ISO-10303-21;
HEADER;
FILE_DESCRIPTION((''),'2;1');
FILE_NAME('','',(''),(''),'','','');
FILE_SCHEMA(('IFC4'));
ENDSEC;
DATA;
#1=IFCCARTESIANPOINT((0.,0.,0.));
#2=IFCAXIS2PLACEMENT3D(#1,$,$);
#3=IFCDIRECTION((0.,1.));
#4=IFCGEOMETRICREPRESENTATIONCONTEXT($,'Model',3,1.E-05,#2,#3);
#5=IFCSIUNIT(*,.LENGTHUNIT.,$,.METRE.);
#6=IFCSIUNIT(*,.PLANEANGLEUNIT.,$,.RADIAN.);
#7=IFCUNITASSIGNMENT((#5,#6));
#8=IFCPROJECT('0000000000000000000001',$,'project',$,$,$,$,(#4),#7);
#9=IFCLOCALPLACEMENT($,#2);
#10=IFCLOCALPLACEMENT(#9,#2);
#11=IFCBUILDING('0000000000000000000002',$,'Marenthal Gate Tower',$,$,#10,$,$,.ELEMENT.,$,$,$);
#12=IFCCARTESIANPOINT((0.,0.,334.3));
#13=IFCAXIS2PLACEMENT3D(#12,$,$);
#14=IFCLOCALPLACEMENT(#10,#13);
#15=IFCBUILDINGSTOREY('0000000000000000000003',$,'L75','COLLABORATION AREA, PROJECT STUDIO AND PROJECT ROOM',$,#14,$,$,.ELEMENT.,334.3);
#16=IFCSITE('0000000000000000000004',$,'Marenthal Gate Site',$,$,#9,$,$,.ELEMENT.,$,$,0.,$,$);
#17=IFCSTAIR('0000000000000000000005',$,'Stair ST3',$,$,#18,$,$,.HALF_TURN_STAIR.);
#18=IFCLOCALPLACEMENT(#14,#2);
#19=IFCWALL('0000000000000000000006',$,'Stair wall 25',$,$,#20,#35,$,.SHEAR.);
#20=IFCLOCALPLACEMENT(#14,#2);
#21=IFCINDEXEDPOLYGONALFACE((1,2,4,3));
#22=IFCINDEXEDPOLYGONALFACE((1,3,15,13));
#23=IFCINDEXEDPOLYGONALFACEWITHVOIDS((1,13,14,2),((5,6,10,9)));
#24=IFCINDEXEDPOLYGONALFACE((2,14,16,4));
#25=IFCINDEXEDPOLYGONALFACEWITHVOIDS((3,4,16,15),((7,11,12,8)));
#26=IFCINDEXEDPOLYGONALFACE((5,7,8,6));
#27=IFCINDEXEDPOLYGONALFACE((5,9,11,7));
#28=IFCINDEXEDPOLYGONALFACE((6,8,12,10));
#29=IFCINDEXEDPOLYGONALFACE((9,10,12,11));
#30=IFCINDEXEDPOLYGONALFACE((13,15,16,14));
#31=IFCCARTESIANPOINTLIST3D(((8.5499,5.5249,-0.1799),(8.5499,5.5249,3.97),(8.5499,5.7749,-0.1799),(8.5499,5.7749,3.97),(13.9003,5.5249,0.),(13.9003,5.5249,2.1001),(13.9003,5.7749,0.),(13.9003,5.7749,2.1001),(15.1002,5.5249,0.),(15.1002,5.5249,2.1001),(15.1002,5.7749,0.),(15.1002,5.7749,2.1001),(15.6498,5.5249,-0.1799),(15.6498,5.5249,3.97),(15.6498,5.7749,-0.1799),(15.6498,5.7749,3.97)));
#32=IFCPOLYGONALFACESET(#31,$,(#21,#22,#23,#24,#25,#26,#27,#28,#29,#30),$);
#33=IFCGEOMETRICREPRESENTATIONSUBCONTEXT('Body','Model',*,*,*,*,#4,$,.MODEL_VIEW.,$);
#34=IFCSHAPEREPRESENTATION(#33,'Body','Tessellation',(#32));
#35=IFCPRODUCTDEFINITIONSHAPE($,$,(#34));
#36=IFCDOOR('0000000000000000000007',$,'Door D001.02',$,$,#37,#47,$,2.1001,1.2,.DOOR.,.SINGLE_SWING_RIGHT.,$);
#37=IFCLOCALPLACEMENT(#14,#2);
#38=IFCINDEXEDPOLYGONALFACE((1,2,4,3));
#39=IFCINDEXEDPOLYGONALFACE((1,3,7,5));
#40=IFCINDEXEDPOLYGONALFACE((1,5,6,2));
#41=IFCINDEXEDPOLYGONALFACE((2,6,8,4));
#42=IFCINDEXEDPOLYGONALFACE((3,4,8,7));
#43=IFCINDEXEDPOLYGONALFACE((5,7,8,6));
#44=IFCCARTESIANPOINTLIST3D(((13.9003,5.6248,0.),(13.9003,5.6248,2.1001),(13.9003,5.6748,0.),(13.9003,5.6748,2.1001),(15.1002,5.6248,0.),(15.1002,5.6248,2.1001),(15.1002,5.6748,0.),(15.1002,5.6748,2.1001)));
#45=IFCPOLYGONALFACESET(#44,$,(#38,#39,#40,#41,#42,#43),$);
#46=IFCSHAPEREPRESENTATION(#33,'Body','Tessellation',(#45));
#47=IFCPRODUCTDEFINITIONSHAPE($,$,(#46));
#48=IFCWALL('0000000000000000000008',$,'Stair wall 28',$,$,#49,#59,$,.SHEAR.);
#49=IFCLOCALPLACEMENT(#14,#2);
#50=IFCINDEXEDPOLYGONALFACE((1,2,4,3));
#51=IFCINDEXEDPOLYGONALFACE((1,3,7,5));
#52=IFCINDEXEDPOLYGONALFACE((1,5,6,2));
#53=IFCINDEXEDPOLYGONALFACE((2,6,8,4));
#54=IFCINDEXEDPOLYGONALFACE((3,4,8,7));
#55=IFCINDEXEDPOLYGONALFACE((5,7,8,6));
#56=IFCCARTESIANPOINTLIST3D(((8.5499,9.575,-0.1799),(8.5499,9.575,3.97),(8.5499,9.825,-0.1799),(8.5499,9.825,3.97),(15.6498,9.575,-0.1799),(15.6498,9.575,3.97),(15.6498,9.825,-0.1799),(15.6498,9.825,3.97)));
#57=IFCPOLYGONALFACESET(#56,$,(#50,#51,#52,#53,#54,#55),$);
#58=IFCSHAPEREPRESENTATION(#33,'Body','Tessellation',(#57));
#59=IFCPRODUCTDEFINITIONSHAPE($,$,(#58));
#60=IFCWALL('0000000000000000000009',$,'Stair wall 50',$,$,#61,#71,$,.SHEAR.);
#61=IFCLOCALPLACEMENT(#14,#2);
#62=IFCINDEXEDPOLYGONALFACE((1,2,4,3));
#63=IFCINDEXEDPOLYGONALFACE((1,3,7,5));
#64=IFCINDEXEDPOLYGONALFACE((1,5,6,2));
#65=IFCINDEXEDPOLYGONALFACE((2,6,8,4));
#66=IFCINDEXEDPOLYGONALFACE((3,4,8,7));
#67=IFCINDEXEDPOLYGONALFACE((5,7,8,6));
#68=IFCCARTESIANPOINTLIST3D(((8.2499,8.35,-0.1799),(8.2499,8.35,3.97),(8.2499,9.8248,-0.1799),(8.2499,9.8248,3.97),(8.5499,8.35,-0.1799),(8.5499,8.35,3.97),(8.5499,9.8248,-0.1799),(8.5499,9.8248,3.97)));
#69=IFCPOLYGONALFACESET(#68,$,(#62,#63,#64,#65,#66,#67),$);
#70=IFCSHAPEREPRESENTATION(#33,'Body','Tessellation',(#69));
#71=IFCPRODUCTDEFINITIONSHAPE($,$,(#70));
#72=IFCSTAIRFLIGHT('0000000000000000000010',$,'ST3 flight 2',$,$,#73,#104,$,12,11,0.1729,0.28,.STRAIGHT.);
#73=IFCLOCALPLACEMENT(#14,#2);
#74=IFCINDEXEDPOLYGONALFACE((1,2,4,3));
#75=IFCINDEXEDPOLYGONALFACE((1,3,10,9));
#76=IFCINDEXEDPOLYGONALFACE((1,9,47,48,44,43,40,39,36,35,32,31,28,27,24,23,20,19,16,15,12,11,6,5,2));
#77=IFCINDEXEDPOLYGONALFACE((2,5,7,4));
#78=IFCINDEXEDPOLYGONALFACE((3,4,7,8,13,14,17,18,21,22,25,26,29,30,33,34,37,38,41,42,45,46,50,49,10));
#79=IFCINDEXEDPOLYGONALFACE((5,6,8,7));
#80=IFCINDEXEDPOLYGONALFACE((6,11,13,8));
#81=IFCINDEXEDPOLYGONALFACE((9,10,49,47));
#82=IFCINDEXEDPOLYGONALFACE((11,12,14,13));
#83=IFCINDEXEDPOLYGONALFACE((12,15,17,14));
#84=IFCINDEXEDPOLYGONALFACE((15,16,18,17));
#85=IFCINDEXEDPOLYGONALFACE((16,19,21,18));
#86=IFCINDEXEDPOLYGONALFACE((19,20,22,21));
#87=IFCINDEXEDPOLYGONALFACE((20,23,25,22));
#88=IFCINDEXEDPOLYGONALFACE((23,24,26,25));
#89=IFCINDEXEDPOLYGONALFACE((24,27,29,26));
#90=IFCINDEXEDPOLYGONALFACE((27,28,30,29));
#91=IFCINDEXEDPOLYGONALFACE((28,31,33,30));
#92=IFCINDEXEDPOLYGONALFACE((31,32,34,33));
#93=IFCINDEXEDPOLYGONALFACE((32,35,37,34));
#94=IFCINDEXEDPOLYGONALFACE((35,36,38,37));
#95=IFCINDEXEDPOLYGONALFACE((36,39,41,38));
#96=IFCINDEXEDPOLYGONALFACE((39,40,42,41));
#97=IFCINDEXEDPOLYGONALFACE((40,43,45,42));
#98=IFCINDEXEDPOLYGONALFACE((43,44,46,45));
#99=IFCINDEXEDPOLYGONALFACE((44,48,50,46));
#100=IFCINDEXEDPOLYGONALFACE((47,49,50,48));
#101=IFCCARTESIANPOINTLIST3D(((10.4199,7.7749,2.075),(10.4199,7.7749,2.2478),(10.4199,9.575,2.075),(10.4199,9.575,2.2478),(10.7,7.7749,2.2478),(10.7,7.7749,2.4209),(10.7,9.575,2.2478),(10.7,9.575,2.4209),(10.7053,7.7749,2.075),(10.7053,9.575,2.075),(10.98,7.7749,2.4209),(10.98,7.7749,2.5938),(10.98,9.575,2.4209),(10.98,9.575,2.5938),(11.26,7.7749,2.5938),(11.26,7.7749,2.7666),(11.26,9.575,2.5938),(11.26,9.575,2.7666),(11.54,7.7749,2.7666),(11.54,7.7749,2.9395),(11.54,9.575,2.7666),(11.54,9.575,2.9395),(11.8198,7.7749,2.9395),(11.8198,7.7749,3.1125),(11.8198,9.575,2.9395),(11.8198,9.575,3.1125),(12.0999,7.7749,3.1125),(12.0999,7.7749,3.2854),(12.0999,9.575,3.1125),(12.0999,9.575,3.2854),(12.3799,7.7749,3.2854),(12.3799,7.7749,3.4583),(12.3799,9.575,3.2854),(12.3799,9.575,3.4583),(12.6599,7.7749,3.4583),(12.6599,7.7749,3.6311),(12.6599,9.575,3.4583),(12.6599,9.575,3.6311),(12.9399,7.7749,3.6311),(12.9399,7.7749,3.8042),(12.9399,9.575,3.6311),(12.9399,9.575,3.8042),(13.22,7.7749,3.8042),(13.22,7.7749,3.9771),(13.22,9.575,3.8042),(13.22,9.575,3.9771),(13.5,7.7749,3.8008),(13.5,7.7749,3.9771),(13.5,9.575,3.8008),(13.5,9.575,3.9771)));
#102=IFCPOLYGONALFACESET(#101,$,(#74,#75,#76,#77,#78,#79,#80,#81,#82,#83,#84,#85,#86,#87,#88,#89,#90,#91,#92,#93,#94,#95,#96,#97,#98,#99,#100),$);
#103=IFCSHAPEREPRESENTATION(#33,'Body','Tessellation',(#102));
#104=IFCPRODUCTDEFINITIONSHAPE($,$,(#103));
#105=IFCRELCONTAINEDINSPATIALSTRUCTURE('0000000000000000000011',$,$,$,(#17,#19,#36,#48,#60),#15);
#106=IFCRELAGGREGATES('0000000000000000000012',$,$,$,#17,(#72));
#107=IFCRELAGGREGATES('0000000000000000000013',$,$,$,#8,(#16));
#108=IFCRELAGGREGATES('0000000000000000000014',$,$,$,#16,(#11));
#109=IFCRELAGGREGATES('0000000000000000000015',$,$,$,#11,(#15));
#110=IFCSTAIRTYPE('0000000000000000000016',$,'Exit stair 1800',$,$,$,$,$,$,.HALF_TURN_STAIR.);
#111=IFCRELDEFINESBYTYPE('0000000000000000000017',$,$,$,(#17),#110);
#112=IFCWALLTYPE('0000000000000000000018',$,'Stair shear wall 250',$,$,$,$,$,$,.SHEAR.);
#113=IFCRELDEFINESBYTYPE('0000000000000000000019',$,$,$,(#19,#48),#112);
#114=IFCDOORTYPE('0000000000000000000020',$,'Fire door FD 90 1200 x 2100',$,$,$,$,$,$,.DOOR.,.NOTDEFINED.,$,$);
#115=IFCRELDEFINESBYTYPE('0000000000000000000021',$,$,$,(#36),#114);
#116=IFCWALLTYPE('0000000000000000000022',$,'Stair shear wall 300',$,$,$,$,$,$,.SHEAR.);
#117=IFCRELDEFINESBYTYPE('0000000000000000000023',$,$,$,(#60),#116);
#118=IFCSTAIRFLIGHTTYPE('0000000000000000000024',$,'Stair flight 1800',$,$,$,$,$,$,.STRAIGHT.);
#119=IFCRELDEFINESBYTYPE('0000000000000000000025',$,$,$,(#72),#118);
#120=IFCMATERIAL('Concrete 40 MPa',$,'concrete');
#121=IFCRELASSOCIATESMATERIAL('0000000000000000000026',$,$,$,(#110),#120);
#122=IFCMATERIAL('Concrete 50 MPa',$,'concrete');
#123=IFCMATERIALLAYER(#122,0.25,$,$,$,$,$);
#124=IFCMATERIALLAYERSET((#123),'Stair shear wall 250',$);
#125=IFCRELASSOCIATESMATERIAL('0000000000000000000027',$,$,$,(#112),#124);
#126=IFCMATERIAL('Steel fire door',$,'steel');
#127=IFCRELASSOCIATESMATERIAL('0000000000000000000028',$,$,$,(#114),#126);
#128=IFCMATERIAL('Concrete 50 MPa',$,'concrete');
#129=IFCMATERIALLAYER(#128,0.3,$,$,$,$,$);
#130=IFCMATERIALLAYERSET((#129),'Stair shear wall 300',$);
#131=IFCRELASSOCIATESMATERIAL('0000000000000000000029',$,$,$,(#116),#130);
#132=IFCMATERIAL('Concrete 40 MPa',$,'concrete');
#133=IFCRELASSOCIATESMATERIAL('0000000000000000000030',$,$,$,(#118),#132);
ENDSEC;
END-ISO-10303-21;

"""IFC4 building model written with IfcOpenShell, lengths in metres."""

from ifc_helpers import new_model, si_unit, direction, frame, frame_2d, origin, place, context, subcontext, project, spatial, polyline, rectangle, outline, extrude, material, layer, layer_set, type_object, element, fill, aggregate, save


model = new_model("IFC4")

# Units and contexts
model_context = context("Model", 3, precision=1e-05, world=origin(), true_north=direction((0.0, 1.0)))
body_context = subcontext(model_context, "Body", "Model", "MODEL_VIEW")
ifc_project = project(units=[si_unit("LENGTHUNIT", "METRE"), si_unit("PLANEANGLEUNIT", "RADIAN")], contexts=[model_context])

# Site, building, storey
site_placement = place(None, origin())
site = spatial("IfcSite", under=ifc_project, at=site_placement, Name="Marenthal Gate Site", CompositionType="ELEMENT", RefElevation=0.0)
building_placement = place(site_placement, origin())
building = spatial("IfcBuilding", under=site, at=building_placement, Name="Marenthal Gate Tower", CompositionType="ELEMENT")
storey_placement = place(building_placement, frame((0.0, 0.0, 334.3)))
storey = spatial("IfcBuildingStorey", under=building, at=storey_placement, Name="L75", Description="COLLABORATION AREA, PROJECT STUDIO AND PROJECT ROOM", CompositionType="ELEMENT", Elevation=334.3)

# Stair
ifc_material_1 = material(Name="Concrete 40 MPa", Category="concrete")
stair_type = type_object("IfcStairType", Name="Exit stair 1800", PredefinedType="HALF_TURN_STAIR", material=ifc_material_1)
stair_1_placement = place(storey_placement, origin())
stair_1 = element("IfcStair", 1, at=stair_1_placement, inside=storey, type_object=stair_type, Name="Stair ST3", PredefinedType="HALF_TURN_STAIR")

# Wall, opening, door
ifc_material_2 = material(Name="Concrete 50 MPa", Category="concrete")
ifc_layer_1 = layer(ifc_material_2, 0.25)
ifc_layer_set_1 = layer_set([ifc_layer_1], Name="Stair shear wall 250")
wall_type_1 = type_object("IfcWallType", Name="Stair shear wall 250", PredefinedType="SHEAR", material=ifc_layer_set_1)
wall_1_placement = place(storey_placement, frame((8.55, 5.6499, -0.1799), z_axis=(0.0, 0.0, 1.0), x_axis=(1.0, 0.0, 0.0)))
wall_1 = element("IfcWall", 2, at=wall_1_placement, inside=storey, type_object=wall_type_1, Name="Stair wall 25", PredefinedType="SHEAR", context=body_context, shape_type="SweptSolid", body=[
    extrude(rectangle(XDim=7.0999, YDim=0.25, at=frame_2d((3.5498, 0.0))), origin(), (0.0, 0.0, 1.0), 4.1499),
])
opening_placement = place(wall_1_placement, frame((5.3501, 0.0, 0.1799)))
opening = element("IfcOpeningElement", 3, at=opening_placement, cuts=wall_1, PredefinedType="OPENING", context=body_context, shape_type="SweptSolid", body=[
    extrude(rectangle(XDim=1.2, YDim=2.1001, at=frame_2d((0.6001, 1.05))), frame((0.0, 0.135, 0.0), z_axis=(0.0, -1.0, 0.0), x_axis=(1.0, 0.0, 0.0)), (0.0, 0.0, 1.0), 0.27),
])
ifc_material_3 = material(Name="Steel fire door", Category="steel")
door_type = type_object("IfcDoorType", Name="Fire door FD 90 1200 x 2100", OperationType="NOTDEFINED", PredefinedType="DOOR", material=ifc_material_3)
door_placement = place(opening_placement, origin())
door = element("IfcDoor", 4, at=door_placement, inside=storey, type_object=door_type, Name="Door D001.02", OperationType="SINGLE_SWING_RIGHT", OverallHeight=2.1001, OverallWidth=1.2, PredefinedType="DOOR", context=body_context, shape_type="SweptSolid", body=[
    extrude(rectangle(XDim=1.2, YDim=2.1001, at=frame_2d((0.6001, 1.05))), frame((0.0, 0.0249, 0.0), z_axis=(0.0, -1.0, 0.0), x_axis=(1.0, 0.0, 0.0)), (0.0, 0.0, 1.0), 0.05),
])
fill(opening, door)

# Walls
wall_2_placement = place(storey_placement, frame((8.55, 9.7, -0.1799), z_axis=(0.0, 0.0, 1.0), x_axis=(1.0, 0.0, 0.0)))
element("IfcWall", 5, at=wall_2_placement, inside=storey, type_object=wall_type_1, Name="Stair wall 28", PredefinedType="SHEAR", context=body_context, shape_type="SweptSolid", body=[
    extrude(rectangle(XDim=7.0999, YDim=0.25, at=frame_2d((3.5498, 0.0))), origin(), (0.0, 0.0, 1.0), 4.1499),
])
ifc_material_4 = material(Name="Concrete 50 MPa", Category="concrete")
ifc_layer_2 = layer(ifc_material_4, 0.3)
ifc_layer_set_2 = layer_set([ifc_layer_2], Name="Stair shear wall 300")
wall_type_2 = type_object("IfcWallType", Name="Stair shear wall 300", PredefinedType="SHEAR", material=ifc_layer_set_2)
wall_3_placement = place(storey_placement, frame((8.3999, 8.3501, -0.1799), z_axis=(0.0, 0.0, 1.0), x_axis=(0.0, 1.0, 0.0)))
element("IfcWall", 6, at=wall_3_placement, inside=storey, type_object=wall_type_2, Name="Stair wall 50", PredefinedType="SHEAR", context=body_context, shape_type="SweptSolid", body=[
    extrude(rectangle(XDim=1.4749, YDim=0.3, at=frame_2d((0.7373, 0.0))), origin(), (0.0, 0.0, 1.0), 4.1499),
])

# Stair flight
ifc_material_5 = material(Name="Concrete 40 MPa", Category="concrete")
stair_flight_type = type_object("IfcStairFlightType", Name="Stair flight 1800", PredefinedType="STRAIGHT", material=ifc_material_5)
stair_flight_placement = place(storey_placement, frame((10.4199, 8.675, 2.075), z_axis=(0.0, 0.0, 1.0), x_axis=(1.0, 0.0, 0.0)))
stair_flight = element("IfcStairFlight", 7, at=stair_flight_placement, type_object=stair_flight_type, Name="ST3 flight 2", NumberOfRisers=12, NumberOfTreads=11, PredefinedType="STRAIGHT", RiserHeight=0.1729, TreadLength=0.28, context=body_context, shape_type="SweptSolid", body=[
    extrude(outline(polyline([(0.0, 0.0), (0.0, 0.1729), (0.28, 0.1729), (0.28, 0.3459), (0.5601, 0.3459), (0.5601, 0.5188), (0.8401, 0.5188), (0.8401, 0.6917), (1.1201, 0.6917), (1.1201, 0.8645), (1.3999, 0.8645), (1.3999, 1.0376), (1.6799, 1.0376), (1.6799, 1.2104), (1.96, 1.2104), (1.96, 1.3833), (2.24, 1.3833), (2.24, 1.5562), (2.52, 1.5562), (2.52, 1.7292), (2.8, 1.7292), (2.8, 1.9021), (3.0801, 1.9021), (3.0801, 2.075), (3.0801, 1.7258), (0.2854, 0.0), (0.0, 0.0)])), frame((0.0, 0.8999, 0.0), z_axis=(0.0, -1.0, 0.0), x_axis=(1.0, 0.0, 0.0)), (0.0, 0.0, 1.0), 1.8),
])
aggregate(stair_1, [stair_flight])

save(model, "model.ifc")
